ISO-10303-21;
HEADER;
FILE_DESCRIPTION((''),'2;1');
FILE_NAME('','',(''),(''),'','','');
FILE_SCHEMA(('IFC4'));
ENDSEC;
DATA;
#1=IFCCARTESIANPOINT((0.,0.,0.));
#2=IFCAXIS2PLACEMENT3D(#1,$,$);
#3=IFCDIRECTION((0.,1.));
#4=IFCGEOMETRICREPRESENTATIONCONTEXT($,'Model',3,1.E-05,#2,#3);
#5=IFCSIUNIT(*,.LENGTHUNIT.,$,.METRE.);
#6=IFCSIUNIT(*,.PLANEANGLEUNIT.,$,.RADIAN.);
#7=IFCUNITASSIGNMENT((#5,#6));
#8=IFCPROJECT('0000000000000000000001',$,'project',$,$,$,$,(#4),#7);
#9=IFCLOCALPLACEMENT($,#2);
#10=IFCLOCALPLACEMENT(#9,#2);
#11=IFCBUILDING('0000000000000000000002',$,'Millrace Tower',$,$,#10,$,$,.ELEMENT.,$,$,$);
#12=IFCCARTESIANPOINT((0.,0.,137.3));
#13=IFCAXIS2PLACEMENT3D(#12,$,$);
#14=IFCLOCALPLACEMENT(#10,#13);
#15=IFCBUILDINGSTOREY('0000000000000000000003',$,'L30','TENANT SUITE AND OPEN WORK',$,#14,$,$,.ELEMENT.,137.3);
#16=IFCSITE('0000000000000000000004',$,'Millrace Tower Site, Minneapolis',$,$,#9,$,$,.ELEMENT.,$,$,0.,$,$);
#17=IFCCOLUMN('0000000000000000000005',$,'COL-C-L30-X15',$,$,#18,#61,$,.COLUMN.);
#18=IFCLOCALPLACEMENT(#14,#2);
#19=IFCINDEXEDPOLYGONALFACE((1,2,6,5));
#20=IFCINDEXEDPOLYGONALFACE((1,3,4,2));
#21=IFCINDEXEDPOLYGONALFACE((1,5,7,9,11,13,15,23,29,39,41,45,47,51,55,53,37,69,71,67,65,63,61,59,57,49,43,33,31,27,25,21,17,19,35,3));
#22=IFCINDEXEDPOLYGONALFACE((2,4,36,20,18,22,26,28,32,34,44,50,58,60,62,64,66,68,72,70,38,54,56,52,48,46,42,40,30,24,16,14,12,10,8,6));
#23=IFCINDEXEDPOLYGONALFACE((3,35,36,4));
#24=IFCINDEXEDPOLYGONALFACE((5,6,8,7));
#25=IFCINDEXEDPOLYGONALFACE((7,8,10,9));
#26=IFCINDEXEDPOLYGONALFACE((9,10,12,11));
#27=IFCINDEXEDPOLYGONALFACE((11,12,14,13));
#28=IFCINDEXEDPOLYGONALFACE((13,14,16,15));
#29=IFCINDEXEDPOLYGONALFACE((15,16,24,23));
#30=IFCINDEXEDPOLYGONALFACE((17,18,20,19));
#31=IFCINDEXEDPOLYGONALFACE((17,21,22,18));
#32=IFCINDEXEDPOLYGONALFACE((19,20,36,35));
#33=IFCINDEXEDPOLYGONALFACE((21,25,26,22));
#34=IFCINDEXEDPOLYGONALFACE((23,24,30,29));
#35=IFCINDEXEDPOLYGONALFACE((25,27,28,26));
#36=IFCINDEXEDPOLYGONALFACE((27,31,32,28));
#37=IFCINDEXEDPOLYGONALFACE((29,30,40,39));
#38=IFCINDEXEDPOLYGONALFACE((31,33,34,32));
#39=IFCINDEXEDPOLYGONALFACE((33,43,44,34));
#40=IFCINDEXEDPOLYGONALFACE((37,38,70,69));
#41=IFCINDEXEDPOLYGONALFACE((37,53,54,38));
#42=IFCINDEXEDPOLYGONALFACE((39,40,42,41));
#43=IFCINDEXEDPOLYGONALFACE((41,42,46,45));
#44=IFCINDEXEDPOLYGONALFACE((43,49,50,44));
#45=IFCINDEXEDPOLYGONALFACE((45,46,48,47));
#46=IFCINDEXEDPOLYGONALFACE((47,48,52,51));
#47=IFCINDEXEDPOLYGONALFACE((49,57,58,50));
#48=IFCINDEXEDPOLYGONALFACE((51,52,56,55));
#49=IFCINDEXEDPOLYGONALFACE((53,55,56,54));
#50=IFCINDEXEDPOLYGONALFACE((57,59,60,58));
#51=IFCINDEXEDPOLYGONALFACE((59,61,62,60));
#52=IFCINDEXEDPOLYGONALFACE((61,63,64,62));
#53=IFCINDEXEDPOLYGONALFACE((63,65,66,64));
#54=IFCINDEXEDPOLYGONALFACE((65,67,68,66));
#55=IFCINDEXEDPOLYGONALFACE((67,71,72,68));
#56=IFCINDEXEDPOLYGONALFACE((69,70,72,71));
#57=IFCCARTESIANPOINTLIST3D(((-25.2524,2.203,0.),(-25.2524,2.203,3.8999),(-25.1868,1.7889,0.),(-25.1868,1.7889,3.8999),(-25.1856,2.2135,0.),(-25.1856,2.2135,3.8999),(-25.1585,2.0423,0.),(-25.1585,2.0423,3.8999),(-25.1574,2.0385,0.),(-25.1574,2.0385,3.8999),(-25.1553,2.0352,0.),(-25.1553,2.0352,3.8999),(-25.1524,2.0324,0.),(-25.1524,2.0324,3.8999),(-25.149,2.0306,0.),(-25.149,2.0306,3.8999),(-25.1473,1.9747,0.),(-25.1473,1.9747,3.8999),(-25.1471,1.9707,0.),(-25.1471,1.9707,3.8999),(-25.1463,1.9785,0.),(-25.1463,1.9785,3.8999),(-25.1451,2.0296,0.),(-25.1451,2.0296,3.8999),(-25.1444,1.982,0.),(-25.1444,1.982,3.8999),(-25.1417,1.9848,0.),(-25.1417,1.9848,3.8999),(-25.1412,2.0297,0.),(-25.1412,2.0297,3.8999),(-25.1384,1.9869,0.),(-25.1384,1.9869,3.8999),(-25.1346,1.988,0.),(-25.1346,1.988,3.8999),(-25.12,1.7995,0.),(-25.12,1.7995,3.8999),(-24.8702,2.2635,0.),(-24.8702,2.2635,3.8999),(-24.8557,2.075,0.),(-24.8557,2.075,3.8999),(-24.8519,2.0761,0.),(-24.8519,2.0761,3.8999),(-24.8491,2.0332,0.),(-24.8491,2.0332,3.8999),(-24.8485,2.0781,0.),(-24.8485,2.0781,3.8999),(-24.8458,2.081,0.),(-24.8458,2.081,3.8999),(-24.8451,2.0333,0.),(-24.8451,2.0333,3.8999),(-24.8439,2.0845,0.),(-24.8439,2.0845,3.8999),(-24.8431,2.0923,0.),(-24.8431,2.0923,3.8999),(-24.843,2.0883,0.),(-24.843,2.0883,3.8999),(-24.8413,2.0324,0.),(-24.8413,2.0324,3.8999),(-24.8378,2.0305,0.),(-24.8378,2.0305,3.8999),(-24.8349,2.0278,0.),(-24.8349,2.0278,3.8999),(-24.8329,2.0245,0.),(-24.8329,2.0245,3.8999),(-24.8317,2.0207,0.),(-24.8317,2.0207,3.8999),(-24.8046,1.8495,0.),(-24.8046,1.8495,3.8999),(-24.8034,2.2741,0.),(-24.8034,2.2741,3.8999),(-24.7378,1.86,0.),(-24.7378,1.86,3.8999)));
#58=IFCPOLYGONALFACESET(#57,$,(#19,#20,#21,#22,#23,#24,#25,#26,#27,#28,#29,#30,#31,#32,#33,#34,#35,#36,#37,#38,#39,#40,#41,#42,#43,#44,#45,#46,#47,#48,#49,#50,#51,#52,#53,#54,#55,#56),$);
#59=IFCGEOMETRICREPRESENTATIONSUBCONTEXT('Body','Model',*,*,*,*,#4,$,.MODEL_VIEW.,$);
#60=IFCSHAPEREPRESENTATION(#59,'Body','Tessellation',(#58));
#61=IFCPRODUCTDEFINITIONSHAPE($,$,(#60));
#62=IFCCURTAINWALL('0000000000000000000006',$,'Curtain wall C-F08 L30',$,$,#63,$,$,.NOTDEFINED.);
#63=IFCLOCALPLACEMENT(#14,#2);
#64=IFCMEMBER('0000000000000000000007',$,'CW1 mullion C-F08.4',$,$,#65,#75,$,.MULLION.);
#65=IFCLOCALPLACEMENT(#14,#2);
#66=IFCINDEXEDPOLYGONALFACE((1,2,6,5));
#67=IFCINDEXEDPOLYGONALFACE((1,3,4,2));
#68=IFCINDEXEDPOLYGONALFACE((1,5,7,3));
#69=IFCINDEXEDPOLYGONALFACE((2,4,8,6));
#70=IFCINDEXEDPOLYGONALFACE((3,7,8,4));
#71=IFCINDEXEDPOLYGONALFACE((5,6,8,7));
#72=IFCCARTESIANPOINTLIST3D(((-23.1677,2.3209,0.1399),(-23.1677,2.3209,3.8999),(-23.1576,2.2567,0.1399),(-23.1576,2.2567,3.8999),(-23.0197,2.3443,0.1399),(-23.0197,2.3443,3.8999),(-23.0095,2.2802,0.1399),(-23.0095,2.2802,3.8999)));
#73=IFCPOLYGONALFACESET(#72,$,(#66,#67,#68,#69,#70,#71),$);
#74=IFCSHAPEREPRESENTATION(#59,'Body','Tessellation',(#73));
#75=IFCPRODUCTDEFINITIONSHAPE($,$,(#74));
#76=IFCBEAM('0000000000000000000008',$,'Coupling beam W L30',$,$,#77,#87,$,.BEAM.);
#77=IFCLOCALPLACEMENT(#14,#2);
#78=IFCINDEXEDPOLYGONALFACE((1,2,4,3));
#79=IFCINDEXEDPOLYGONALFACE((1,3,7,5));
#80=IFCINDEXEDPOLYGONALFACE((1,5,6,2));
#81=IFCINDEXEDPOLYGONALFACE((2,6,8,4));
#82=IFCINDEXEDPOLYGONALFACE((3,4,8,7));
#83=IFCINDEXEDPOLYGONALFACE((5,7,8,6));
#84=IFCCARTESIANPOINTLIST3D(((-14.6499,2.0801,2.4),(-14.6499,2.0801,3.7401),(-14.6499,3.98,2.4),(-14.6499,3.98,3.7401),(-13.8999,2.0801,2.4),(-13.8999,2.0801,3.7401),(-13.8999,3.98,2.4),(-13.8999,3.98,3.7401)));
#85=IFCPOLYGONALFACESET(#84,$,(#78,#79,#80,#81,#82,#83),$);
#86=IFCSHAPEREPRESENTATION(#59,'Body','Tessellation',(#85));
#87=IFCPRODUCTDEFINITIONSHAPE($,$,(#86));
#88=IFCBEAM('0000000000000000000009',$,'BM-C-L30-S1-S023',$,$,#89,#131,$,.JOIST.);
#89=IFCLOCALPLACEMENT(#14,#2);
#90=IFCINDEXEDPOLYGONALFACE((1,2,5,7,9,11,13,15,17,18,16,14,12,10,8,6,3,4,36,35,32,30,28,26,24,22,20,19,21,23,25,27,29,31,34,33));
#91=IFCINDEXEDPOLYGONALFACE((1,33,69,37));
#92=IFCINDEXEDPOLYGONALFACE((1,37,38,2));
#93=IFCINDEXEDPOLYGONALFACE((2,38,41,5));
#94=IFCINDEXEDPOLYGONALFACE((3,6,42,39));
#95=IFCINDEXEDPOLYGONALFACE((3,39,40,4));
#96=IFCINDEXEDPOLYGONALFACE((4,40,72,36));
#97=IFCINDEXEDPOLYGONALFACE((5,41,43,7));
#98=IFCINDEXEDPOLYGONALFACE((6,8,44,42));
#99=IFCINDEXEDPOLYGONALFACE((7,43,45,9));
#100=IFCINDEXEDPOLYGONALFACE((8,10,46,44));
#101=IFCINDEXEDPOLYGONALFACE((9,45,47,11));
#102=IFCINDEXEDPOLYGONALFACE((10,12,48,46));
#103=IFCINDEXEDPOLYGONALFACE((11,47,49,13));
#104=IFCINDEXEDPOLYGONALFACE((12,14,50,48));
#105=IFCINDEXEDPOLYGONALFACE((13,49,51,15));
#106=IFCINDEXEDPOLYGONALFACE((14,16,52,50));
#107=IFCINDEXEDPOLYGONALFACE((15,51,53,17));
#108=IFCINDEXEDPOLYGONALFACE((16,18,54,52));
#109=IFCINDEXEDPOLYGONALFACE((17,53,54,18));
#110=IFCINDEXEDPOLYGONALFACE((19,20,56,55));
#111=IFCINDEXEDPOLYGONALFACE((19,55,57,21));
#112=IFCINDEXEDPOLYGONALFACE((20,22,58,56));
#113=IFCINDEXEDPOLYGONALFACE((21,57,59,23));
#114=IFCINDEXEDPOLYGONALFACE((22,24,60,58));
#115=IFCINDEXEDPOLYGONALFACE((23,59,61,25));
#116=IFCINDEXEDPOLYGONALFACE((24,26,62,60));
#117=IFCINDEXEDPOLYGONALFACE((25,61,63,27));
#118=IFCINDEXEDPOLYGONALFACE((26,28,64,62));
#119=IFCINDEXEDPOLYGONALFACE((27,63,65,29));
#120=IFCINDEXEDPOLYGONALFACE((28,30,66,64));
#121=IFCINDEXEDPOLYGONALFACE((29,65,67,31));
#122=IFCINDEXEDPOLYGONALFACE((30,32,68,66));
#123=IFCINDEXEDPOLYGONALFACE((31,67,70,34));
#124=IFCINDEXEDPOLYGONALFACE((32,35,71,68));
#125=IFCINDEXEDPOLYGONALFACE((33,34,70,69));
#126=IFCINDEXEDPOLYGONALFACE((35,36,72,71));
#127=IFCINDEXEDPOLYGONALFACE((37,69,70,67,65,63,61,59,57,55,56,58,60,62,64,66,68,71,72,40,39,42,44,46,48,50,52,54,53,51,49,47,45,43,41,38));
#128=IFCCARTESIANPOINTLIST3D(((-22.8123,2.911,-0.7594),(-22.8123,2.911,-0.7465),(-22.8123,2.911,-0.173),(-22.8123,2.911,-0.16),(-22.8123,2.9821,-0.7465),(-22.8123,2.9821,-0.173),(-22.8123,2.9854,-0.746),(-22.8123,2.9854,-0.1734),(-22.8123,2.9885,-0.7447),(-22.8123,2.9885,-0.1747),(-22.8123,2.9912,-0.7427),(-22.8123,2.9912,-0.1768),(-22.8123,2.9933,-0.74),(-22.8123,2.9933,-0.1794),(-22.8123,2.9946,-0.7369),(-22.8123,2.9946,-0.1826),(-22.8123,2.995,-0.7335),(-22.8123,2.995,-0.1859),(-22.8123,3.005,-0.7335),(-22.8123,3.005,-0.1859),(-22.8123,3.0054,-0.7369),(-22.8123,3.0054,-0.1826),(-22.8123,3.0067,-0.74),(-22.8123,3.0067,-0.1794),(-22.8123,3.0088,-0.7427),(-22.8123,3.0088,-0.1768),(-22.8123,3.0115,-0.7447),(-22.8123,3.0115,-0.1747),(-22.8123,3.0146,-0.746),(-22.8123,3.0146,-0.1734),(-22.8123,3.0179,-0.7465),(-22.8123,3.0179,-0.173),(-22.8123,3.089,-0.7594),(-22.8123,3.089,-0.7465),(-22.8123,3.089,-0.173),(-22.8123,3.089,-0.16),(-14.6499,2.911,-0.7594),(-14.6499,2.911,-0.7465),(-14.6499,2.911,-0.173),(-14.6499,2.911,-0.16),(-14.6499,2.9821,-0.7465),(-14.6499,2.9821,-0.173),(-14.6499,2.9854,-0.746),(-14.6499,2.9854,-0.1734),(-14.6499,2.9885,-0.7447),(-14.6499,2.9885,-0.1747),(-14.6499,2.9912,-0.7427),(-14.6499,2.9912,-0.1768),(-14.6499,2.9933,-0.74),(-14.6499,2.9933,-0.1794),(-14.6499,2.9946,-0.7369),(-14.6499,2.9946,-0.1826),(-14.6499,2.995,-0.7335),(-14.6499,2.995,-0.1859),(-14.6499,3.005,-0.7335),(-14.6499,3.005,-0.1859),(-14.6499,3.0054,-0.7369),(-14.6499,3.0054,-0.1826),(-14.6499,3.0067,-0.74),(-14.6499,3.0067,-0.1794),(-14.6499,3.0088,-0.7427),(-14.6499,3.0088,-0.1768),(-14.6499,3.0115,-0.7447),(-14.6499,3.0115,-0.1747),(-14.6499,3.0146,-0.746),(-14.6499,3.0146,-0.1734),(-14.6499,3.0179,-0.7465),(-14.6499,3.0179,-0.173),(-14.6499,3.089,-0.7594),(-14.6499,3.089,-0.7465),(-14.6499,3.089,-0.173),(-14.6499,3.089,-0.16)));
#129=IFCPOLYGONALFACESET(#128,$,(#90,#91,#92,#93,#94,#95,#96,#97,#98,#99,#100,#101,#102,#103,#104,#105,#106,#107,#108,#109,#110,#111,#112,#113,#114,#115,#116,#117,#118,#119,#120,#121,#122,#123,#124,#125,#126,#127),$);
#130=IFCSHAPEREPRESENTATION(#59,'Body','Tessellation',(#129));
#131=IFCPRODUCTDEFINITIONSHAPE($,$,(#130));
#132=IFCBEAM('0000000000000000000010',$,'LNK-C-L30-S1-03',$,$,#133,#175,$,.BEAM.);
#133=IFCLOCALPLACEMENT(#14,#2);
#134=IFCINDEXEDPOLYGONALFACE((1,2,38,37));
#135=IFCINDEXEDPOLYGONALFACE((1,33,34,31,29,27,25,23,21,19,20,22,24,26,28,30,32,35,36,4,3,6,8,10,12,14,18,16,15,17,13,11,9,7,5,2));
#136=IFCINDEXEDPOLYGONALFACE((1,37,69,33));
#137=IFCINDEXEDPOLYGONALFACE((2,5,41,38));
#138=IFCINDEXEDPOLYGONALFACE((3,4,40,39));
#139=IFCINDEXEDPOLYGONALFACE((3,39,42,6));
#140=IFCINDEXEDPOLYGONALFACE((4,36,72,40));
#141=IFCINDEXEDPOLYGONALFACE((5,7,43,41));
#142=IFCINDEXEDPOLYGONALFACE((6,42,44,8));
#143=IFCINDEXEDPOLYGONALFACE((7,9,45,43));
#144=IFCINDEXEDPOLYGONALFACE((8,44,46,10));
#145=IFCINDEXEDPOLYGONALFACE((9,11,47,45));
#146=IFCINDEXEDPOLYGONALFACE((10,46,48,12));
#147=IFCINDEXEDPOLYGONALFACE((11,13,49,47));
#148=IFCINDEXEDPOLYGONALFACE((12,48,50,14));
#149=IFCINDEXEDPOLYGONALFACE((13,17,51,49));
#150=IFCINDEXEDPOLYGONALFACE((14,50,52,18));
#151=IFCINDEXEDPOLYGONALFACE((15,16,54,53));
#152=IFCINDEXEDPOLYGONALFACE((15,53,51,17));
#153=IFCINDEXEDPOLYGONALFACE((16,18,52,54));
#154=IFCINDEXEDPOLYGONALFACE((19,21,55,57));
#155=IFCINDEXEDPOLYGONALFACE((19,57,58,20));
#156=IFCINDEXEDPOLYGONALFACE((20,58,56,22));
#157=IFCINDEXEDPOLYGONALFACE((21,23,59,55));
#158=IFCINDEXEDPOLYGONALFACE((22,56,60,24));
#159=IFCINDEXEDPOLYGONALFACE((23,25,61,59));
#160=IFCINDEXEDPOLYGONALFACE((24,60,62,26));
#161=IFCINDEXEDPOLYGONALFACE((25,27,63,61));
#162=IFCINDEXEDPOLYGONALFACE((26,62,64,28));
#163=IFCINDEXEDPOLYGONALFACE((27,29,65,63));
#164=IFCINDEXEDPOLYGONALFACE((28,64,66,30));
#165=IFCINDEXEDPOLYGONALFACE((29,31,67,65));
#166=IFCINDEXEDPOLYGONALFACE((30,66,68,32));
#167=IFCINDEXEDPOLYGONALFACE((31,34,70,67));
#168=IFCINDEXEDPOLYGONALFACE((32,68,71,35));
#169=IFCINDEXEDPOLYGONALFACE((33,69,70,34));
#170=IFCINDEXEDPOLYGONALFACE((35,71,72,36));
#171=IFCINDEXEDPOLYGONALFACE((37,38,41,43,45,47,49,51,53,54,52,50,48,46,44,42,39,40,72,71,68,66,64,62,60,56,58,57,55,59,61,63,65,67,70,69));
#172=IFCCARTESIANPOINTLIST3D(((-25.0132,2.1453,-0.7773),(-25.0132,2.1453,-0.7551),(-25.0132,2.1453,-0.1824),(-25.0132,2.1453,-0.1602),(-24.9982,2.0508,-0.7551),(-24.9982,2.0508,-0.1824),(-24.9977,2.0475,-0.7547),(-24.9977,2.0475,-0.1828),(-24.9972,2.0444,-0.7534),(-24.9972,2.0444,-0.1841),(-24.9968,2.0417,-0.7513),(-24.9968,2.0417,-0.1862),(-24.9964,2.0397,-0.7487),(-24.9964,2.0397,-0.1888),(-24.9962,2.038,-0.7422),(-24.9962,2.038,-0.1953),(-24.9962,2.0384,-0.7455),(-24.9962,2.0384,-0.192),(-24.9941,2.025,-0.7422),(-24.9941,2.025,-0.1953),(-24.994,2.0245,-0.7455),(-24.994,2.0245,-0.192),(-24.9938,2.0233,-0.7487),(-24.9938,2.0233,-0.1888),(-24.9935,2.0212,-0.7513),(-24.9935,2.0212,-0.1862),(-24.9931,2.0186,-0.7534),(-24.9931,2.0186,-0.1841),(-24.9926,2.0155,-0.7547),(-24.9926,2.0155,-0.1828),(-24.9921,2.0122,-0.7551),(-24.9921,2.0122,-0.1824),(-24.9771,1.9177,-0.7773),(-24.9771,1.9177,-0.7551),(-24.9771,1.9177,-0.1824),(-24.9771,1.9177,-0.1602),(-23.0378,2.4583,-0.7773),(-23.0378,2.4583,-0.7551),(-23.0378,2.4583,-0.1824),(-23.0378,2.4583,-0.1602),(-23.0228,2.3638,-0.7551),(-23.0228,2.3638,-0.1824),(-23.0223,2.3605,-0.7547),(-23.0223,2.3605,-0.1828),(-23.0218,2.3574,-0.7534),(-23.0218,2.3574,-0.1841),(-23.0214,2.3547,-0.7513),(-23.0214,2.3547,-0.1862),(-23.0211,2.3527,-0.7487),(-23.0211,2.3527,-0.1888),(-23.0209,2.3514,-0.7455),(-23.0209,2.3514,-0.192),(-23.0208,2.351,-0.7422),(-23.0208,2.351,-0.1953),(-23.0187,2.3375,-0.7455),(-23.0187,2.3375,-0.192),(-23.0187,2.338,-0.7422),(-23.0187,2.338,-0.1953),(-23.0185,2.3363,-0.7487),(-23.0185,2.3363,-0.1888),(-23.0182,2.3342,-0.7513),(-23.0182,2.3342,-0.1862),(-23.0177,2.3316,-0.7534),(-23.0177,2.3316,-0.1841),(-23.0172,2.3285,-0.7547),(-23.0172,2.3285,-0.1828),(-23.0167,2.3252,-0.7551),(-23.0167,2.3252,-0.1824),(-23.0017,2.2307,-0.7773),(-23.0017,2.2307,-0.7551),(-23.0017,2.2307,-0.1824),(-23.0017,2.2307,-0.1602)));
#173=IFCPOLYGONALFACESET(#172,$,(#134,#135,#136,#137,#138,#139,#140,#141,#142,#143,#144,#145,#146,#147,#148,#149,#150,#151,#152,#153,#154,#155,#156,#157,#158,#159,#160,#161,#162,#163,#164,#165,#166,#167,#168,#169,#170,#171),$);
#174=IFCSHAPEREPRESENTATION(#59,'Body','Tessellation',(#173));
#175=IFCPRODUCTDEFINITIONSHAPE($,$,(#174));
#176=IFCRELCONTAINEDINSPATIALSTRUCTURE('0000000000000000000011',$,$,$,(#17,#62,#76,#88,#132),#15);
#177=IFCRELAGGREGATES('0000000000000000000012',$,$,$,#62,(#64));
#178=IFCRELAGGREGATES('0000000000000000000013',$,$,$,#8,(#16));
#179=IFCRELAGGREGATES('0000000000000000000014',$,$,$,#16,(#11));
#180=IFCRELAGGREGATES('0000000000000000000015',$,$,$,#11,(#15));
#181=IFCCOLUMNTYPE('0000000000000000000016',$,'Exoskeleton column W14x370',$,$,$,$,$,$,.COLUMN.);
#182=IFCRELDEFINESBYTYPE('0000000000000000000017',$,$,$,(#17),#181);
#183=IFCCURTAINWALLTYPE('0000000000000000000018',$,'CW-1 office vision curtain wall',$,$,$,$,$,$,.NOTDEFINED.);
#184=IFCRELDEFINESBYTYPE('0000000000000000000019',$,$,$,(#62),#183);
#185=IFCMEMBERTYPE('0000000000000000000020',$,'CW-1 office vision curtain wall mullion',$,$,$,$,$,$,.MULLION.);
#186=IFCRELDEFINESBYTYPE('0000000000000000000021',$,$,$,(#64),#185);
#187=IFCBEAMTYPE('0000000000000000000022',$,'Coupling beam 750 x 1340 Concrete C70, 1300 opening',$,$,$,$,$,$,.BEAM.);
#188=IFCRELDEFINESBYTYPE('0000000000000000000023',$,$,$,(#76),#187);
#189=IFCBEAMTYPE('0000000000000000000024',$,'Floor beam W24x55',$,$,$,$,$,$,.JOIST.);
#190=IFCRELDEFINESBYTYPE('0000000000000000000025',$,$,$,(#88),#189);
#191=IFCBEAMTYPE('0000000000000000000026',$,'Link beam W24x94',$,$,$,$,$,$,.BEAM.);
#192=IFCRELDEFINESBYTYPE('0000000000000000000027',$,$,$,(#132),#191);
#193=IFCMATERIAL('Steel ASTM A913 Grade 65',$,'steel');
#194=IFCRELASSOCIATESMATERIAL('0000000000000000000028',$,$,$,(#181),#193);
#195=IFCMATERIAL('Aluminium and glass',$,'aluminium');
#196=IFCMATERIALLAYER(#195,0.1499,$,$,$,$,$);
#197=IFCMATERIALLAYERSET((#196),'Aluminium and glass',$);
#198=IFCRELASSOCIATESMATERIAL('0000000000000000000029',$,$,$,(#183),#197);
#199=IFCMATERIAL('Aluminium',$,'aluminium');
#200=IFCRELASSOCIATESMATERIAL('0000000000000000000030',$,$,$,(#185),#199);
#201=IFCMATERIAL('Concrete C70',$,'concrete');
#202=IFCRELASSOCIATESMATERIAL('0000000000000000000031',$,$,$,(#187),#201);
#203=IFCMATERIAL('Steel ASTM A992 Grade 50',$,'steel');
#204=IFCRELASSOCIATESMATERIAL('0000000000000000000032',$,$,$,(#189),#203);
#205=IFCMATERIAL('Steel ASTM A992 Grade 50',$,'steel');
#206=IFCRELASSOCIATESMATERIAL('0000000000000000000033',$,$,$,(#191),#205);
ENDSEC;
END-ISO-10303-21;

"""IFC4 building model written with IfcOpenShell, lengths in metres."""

from ifc_helpers import new_model, si_unit, direction, frame, origin, origin_2d, place, context, subcontext, project, spatial, rectangle, i_section, extrude, material, layer, layer_set, material_profile, profile_set, type_object, element, aggregate, save


model = new_model("IFC4")

# Units and contexts
model_context = context("Model", 3, precision=1e-05, world=origin(), true_north=direction((0.0, 1.0)))
body_context = subcontext(model_context, "Body", "Model", "MODEL_VIEW")
ifc_project = project(units=[si_unit("LENGTHUNIT", "METRE"), si_unit("PLANEANGLEUNIT", "RADIAN")], contexts=[model_context])

# Site, building, storey
site_placement = place(None, origin())
site = spatial("IfcSite", under=ifc_project, at=site_placement, Name="Millrace Tower Site, Minneapolis", CompositionType="ELEMENT", RefElevation=0.0)
building_placement = place(site_placement, origin())
building = spatial("IfcBuilding", under=site, at=building_placement, Name="Millrace Tower", CompositionType="ELEMENT")
storey_placement = place(building_placement, frame((0.0, 0.0, 137.3)))
storey = spatial("IfcBuildingStorey", under=building, at=storey_placement, Name="L30", Description="TENANT SUITE AND OPEN WORK", CompositionType="ELEMENT", Elevation=137.3)

# Column
ifc_material_1 = material(Name="Steel ASTM A913 Grade 65", Category="steel")
ifc_material_profile_1 = material_profile(ifc_material_1, i_section(OverallWidth=0.4192, OverallDepth=0.4546, WebThickness=0.0422, FlangeThickness=0.0676, FilletRadius=0.0151, at=origin_2d()))
ifc_profile_set_1 = profile_set([ifc_material_profile_1], Name="Steel ASTM A913 Grade 65")
column_type = type_object("IfcColumnType", Name="Exoskeleton column W14x370", PredefinedType="COLUMN", material=ifc_profile_set_1)
column_placement = place(storey_placement, frame((-24.9951, 2.0315, 0.0), z_axis=(0.0, 0.0, 1.0), x_axis=(0.156434, -0.987688, 0.0)))
element("IfcColumn", 1, at=column_placement, inside=storey, type_object=column_type, Name="COL-C-L30-X15", PredefinedType="COLUMN", context=body_context, shape_type="SweptSolid", body=[
    extrude(i_section(OverallWidth=0.4192, OverallDepth=0.4546, WebThickness=0.0422, FlangeThickness=0.0676, FilletRadius=0.0151, at=origin_2d()), origin(), (0.0, 0.0, 1.0), 3.8999),
])

# Curtain wall, member
ifc_material_2 = material(Name="Aluminium and glass", Category="aluminium")
ifc_layer_1 = layer(ifc_material_2, 0.1499)
ifc_layer_set_1 = layer_set([ifc_layer_1], Name="Aluminium and glass")
curtain_wall_type = type_object("IfcCurtainWallType", Name="CW-1 office vision curtain wall", PredefinedType="NOTDEFINED", material=ifc_layer_set_1)
placement = place(storey_placement, origin())
curtain_wall = element("IfcCurtainWall", 2, at=placement, inside=storey, type_object=curtain_wall_type, Name="Curtain wall C-F08 L30", PredefinedType="NOTDEFINED")
ifc_material_3 = material(Name="Aluminium", Category="aluminium")
ifc_material_profile_2 = material_profile(ifc_material_3, rectangle(XDim=0.0649, YDim=0.1499, at=origin_2d()))
ifc_profile_set_2 = profile_set([ifc_material_profile_2], Name="Aluminium")
member_type = type_object("IfcMemberType", Name="CW-1 office vision curtain wall mullion", PredefinedType="MULLION", material=ifc_profile_set_2)
member_placement = place(storey_placement, frame((-23.0886, 2.3005, 0.1399), z_axis=(0.0, 0.0, 1.0), x_axis=(0.156434, -0.987688, 0.0)))
member = element("IfcMember", 3, at=member_placement, type_object=member_type, Name="CW1 mullion C-F08.4", PredefinedType="MULLION", context=body_context, shape_type="SweptSolid", body=[
    extrude(rectangle(XDim=0.0649, YDim=0.1499, at=origin_2d()), origin(), (0.0, 0.0, 1.0), 3.76),
])
aggregate(curtain_wall, [member])

# Beams
ifc_material_4 = material(Name="Concrete C70", Category="concrete")
ifc_material_profile_3 = material_profile(ifc_material_4, rectangle(XDim=0.75, YDim=1.3401, at=origin_2d()))
ifc_profile_set_3 = profile_set([ifc_material_profile_3], Name="Concrete C70")
beam_type_1 = type_object("IfcBeamType", Name="Coupling beam 750 x 1340 Concrete C70, 1300 opening", PredefinedType="BEAM", material=ifc_profile_set_3)
beam_1_placement = place(storey_placement, frame((-14.2749, 2.0801, 3.0701), z_axis=(0.0, 1.0, 0.0), x_axis=(-1.0, 0.0, 0.0)))
element("IfcBeam", 4, at=beam_1_placement, inside=storey, type_object=beam_type_1, Name="Coupling beam W L30", PredefinedType="BEAM", context=body_context, shape_type="SweptSolid", body=[
    extrude(rectangle(XDim=0.75, YDim=1.3401, at=origin_2d()), origin(), (0.0, 0.0, 1.0), 1.8999),
])
ifc_material_5 = material(Name="Steel ASTM A992 Grade 50", Category="steel")
ifc_material_profile_4 = material_profile(ifc_material_5, i_section(OverallWidth=0.178, OverallDepth=0.5994, WebThickness=0.01, FlangeThickness=0.0129, FilletRadius=0.0129, at=origin_2d()))
ifc_profile_set_4 = profile_set([ifc_material_profile_4], Name="Steel ASTM A992 Grade 50")
beam_type_2 = type_object("IfcBeamType", Name="Floor beam W24x55", PredefinedType="JOIST", material=ifc_profile_set_4)
beam_2_placement = place(storey_placement, frame((-22.8123, 3.0, -0.4597), z_axis=(1.0, 0.0, 0.0), x_axis=(0.0, 1.0, 0.0)))
element("IfcBeam", 5, at=beam_2_placement, inside=storey, type_object=beam_type_2, Name="BM-C-L30-S1-S023", PredefinedType="JOIST", context=body_context, shape_type="SweptSolid", body=[
    extrude(i_section(OverallWidth=0.178, OverallDepth=0.5994, WebThickness=0.01, FlangeThickness=0.0129, FilletRadius=0.0129, at=origin_2d()), origin(), (0.0, 0.0, 1.0), 8.1624),
])
ifc_material_6 = material(Name="Steel ASTM A992 Grade 50", Category="steel")
ifc_material_profile_5 = material_profile(ifc_material_6, i_section(OverallWidth=0.2305, OverallDepth=0.6172, WebThickness=0.0132, FlangeThickness=0.0222, FilletRadius=0.0129, at=origin_2d()))
ifc_profile_set_5 = profile_set([ifc_material_profile_5], Name="Steel ASTM A992 Grade 50")
beam_type_3 = type_object("IfcBeamType", Name="Link beam W24x94", PredefinedType="BEAM", material=ifc_profile_set_5)
beam_3_placement = place(storey_placement, frame((-23.0198, 2.3445, -0.4688), z_axis=(-0.987679, -0.156495, 0.0), x_axis=(0.156495, -0.987679, 0.0)))
element("IfcBeam", 6, at=beam_3_placement, inside=storey, type_object=beam_type_3, Name="LNK-C-L30-S1-03", PredefinedType="BEAM", context=body_context, shape_type="SweptSolid", body=[
    extrude(i_section(OverallWidth=0.2305, OverallDepth=0.6172, WebThickness=0.0132, FlangeThickness=0.0222, FilletRadius=0.0129, at=origin_2d()), origin(), (0.0, 0.0, 1.0), 2.0),
])

save(model, "model.ifc")
